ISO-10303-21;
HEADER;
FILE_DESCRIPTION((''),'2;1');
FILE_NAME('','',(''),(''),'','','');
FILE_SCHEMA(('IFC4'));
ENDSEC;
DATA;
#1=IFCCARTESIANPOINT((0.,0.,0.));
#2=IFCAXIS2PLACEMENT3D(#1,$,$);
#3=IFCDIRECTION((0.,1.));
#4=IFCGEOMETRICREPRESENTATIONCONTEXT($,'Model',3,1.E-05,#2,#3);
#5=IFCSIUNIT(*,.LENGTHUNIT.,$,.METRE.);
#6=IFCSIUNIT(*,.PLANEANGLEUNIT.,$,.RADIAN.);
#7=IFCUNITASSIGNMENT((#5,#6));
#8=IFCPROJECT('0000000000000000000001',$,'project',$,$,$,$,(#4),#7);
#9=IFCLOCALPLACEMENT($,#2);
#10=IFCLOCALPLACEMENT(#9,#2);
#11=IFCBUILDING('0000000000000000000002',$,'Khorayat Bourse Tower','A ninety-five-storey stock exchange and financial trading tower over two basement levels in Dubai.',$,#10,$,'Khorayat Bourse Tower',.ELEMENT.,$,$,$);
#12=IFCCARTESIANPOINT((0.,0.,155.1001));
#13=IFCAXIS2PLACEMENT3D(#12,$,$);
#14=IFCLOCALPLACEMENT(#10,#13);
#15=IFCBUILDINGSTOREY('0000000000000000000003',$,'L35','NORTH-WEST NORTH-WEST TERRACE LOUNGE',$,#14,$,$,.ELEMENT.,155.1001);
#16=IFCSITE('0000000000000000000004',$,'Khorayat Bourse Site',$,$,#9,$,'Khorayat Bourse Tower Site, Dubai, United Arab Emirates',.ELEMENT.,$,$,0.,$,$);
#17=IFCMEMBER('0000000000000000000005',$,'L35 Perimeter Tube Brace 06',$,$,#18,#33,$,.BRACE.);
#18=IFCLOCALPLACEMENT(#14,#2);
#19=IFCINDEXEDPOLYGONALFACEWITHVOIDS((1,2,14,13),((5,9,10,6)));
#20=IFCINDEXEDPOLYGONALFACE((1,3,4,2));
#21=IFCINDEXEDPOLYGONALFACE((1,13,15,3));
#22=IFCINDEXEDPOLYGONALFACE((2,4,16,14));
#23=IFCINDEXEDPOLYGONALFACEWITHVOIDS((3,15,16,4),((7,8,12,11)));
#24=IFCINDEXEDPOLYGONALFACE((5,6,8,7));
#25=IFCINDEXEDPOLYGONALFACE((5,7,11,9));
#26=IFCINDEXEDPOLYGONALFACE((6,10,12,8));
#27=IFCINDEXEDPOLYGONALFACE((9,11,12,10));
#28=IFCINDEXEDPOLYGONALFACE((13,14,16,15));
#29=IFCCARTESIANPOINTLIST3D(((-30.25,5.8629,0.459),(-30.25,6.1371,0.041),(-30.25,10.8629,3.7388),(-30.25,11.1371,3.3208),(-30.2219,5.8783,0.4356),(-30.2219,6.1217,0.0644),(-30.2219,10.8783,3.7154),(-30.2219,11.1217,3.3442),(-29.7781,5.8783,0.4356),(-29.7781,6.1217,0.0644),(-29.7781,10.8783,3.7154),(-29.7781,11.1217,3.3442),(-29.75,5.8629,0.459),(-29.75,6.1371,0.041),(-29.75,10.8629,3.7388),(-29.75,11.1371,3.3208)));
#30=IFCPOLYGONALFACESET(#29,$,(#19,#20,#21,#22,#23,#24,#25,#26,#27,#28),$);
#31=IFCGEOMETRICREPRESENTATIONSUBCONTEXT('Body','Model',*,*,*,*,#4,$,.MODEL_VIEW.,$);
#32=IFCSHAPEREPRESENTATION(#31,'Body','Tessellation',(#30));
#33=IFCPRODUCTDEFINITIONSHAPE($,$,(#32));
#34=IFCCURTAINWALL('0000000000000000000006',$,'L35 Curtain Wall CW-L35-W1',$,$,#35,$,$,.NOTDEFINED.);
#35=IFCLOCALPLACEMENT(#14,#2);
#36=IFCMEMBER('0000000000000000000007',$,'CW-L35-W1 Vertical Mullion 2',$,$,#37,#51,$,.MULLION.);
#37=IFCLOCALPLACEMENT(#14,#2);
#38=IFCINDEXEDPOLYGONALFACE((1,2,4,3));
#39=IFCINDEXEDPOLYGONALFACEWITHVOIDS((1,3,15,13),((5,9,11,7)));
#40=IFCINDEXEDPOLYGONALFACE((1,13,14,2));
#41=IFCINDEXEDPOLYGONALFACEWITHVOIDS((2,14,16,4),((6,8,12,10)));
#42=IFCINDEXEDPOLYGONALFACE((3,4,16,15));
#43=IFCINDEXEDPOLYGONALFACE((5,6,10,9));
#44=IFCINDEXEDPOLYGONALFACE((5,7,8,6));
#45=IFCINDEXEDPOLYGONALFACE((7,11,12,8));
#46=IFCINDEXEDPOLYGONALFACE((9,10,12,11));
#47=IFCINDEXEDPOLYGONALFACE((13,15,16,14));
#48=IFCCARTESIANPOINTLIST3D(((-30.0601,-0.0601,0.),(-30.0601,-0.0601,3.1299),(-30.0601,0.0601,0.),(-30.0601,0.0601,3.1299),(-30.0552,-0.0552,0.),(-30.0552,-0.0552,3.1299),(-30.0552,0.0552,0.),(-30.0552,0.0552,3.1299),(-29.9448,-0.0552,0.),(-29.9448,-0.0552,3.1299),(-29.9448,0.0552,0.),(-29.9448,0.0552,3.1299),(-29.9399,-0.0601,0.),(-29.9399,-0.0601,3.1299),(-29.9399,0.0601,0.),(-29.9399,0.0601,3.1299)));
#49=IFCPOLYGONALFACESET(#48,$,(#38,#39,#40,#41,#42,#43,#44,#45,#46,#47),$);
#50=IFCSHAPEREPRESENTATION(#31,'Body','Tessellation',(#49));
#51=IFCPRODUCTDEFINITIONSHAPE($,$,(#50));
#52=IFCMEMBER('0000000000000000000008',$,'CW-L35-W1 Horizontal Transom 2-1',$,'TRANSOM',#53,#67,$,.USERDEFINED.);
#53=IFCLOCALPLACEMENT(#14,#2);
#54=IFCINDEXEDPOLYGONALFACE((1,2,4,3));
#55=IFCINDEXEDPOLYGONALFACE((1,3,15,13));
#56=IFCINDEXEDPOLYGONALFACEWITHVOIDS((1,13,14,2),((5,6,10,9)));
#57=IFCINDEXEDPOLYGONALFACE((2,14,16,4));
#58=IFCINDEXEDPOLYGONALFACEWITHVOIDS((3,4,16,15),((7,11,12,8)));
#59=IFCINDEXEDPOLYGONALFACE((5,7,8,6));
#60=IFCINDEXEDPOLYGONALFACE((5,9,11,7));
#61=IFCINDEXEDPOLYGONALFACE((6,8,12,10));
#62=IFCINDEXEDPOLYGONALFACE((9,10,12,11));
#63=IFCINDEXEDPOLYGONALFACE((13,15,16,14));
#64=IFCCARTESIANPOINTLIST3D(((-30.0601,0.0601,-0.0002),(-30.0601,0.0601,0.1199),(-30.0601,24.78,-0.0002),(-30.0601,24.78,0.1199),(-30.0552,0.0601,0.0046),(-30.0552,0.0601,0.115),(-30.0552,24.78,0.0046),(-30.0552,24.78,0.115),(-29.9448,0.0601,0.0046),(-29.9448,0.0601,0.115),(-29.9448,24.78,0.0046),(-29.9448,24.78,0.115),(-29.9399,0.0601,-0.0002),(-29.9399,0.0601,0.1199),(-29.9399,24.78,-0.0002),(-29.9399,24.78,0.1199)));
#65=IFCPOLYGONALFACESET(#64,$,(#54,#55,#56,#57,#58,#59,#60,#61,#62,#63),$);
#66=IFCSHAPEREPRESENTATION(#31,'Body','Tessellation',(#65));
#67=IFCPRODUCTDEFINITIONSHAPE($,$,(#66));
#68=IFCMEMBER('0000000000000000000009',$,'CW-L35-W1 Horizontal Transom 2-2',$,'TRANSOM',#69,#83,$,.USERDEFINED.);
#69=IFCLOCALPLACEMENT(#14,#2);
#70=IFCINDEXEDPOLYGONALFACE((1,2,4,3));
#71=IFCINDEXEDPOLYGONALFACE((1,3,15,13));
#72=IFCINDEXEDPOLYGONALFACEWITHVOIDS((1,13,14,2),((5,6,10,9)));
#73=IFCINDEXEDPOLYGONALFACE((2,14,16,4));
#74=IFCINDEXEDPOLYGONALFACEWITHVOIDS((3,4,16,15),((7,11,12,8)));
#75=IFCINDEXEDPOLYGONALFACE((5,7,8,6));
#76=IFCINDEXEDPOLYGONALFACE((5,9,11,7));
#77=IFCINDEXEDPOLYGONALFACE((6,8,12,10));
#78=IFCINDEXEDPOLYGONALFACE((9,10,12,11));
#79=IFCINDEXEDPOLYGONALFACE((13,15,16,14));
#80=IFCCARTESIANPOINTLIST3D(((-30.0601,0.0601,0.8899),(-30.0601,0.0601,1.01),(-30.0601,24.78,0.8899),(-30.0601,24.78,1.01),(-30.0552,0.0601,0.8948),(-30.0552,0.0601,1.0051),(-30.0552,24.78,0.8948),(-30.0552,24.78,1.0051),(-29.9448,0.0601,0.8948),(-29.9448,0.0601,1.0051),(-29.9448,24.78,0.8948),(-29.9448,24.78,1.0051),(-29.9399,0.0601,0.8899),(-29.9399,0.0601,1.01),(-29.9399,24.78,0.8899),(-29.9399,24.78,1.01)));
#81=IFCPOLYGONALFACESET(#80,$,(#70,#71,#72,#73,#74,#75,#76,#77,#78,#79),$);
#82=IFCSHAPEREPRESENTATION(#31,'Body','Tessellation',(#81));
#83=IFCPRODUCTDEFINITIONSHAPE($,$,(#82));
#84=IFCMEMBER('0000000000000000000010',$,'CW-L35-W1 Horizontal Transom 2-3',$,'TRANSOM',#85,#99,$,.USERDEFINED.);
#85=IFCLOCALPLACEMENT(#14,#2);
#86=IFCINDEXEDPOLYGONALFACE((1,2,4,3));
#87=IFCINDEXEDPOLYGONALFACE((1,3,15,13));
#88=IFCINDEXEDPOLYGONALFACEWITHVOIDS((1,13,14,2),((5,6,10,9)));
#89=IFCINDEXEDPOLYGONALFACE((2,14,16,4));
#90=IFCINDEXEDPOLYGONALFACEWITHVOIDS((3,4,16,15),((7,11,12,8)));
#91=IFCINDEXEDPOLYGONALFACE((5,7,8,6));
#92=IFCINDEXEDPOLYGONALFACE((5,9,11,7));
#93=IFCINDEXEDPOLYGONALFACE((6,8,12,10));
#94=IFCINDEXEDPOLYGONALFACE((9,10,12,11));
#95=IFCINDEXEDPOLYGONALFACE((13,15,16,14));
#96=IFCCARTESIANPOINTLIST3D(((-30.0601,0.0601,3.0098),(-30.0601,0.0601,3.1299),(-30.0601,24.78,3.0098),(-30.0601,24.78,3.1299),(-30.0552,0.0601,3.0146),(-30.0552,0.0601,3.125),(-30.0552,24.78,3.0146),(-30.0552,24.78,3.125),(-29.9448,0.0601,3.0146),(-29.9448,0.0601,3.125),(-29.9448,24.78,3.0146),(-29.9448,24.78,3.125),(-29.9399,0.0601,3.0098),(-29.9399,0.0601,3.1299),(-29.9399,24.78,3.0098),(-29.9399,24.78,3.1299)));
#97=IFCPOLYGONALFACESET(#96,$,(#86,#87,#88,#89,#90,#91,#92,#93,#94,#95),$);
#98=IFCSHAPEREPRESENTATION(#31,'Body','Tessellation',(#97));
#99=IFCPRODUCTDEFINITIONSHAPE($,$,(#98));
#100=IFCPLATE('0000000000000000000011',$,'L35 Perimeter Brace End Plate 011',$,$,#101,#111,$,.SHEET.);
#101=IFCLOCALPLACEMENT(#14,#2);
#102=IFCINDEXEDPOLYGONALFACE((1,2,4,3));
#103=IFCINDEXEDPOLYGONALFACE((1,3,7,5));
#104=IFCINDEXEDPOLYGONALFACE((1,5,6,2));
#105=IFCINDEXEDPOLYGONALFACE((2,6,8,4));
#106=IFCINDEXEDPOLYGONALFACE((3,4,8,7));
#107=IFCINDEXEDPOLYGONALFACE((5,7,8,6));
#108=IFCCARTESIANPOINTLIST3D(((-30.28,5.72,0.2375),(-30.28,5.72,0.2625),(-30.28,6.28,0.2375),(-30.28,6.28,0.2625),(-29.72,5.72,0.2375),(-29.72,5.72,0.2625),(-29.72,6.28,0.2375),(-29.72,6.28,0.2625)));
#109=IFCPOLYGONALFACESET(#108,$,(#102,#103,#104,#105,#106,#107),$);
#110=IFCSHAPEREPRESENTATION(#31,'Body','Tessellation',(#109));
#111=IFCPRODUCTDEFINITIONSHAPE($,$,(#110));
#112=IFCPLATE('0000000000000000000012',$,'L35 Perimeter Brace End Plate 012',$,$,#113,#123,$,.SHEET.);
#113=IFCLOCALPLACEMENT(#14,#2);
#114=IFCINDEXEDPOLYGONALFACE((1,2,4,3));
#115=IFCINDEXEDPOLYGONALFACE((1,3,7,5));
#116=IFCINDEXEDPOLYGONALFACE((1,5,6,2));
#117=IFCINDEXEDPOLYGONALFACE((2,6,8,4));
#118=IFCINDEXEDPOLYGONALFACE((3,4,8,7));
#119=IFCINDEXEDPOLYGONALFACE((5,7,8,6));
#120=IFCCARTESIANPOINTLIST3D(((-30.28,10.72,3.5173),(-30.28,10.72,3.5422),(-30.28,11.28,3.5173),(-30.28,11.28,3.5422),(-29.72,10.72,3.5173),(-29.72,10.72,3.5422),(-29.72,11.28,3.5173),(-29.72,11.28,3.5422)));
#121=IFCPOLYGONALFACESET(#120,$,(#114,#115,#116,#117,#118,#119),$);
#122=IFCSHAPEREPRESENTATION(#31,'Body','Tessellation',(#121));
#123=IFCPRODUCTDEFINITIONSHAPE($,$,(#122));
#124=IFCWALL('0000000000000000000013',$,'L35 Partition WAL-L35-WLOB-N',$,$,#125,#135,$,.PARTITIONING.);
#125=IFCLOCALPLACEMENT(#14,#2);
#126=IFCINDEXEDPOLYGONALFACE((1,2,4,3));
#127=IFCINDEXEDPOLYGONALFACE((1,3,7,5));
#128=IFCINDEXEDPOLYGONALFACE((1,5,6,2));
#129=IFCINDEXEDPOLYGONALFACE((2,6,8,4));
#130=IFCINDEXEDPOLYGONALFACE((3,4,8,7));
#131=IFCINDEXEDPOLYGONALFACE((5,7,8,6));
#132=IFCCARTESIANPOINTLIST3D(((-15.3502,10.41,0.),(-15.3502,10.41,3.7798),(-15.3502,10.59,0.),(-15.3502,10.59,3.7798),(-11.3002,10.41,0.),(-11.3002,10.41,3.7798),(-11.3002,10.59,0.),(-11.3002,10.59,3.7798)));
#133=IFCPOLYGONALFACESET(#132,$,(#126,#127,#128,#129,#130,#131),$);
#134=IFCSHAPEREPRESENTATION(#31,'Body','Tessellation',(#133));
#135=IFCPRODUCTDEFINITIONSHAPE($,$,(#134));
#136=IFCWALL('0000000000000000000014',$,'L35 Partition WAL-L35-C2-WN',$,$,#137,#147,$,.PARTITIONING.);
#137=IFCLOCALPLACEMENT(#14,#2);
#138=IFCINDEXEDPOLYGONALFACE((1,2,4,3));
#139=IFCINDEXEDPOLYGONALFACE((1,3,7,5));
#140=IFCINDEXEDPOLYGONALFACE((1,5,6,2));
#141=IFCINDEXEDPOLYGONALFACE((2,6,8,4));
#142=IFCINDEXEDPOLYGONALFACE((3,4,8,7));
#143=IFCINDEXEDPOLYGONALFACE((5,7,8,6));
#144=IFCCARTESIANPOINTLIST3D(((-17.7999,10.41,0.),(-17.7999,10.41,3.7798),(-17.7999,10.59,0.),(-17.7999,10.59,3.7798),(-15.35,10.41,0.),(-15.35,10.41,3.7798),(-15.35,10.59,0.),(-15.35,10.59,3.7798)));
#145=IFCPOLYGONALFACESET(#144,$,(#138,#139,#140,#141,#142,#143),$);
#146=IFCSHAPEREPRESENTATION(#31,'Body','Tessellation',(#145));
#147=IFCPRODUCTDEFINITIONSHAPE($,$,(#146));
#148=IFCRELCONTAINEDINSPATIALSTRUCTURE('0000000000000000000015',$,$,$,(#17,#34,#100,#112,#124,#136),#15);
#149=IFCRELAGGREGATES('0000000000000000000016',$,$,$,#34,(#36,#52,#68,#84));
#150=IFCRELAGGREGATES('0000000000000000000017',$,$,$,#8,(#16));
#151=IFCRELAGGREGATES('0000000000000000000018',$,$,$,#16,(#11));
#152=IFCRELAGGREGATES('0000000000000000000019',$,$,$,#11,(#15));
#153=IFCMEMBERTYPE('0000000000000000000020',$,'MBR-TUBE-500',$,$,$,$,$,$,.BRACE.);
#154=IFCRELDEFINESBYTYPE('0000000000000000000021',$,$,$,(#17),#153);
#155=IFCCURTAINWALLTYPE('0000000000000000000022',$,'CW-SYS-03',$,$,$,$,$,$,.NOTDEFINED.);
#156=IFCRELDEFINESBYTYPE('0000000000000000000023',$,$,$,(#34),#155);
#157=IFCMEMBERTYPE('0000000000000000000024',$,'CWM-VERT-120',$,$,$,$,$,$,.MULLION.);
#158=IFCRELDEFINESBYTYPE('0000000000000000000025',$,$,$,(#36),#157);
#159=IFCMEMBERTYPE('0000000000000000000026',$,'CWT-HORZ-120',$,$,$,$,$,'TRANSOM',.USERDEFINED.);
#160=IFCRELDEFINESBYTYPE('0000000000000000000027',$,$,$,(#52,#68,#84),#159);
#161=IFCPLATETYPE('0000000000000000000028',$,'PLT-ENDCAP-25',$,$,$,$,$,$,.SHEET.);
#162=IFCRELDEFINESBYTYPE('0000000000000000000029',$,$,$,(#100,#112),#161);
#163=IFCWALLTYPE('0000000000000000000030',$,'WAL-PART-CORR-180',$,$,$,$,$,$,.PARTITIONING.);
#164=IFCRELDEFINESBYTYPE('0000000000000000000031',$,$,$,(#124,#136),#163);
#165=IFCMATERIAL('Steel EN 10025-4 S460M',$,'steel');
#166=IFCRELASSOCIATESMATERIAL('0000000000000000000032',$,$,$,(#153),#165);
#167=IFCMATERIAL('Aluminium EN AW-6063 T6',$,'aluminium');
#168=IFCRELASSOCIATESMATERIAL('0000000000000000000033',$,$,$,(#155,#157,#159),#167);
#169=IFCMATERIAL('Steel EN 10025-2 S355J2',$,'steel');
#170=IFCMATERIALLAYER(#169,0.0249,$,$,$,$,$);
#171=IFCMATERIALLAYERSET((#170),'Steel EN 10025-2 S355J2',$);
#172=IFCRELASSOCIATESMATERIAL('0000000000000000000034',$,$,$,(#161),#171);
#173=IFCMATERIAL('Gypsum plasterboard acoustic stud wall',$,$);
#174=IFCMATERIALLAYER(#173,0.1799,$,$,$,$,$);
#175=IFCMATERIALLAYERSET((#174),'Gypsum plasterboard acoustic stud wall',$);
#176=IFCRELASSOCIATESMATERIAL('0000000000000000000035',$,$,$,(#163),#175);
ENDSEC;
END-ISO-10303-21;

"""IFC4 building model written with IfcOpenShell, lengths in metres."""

from ifc_helpers import new_model, si_unit, direction, frame, frame_2d, origin, origin_2d, place, context, subcontext, project, spatial, rectangle, hollow_rectangle, extrude, source, transform, mapped, material, layer, layer_set, material_profile, profile_set, type_object, element, aggregate, save


model = new_model("IFC4")

# Units and contexts
model_context = context("Model", 3, precision=1e-05, world=origin(), true_north=direction((0.0, 1.0)))
body_context = subcontext(model_context, "Body", "Model", "MODEL_VIEW")
ifc_project = project(units=[si_unit("LENGTHUNIT", "METRE"), si_unit("PLANEANGLEUNIT", "RADIAN")], contexts=[model_context])

# Site, building, storey
site_placement = place(None, origin())
site = spatial("IfcSite", under=ifc_project, at=site_placement, Name="Khorayat Bourse Site", LongName="Khorayat Bourse Tower Site, Dubai, United Arab Emirates", CompositionType="ELEMENT", RefElevation=0.0)
building_placement = place(site_placement, origin())
building = spatial("IfcBuilding", under=site, at=building_placement, Name="Khorayat Bourse Tower", Description="A ninety-five-storey stock exchange and financial trading tower over two basement levels in Dubai.", LongName="Khorayat Bourse Tower", CompositionType="ELEMENT")
storey_placement = place(building_placement, frame((0.0, 0.0, 155.1001)))
storey = spatial("IfcBuildingStorey", under=building, at=storey_placement, Name="L35", Description="NORTH-WEST NORTH-WEST TERRACE LOUNGE", CompositionType="ELEMENT", Elevation=155.1001)

# Shared definitions
ifc_material_1 = material(Name="Steel EN 10025-4 S460M", Category="steel")

# Member
ifc_material_profile_1 = material_profile(ifc_material_1, hollow_rectangle(XDim=0.5, YDim=0.5, WallThickness=0.0281, at=origin_2d()), Name="HSS 500x500x28")
ifc_profile_set_1 = profile_set([ifc_material_profile_1], Name="Steel EN 10025-4 S460M")
member_type_1 = type_object("IfcMemberType", Name="MBR-TUBE-500", PredefinedType="BRACE", material=ifc_profile_set_1)
shared_shape_1 = source(origin(), body_context, "Body", "SweptSolid", [
    extrude(hollow_rectangle(XDim=0.5, YDim=0.5, WallThickness=0.0281, at=origin_2d()), origin(), (0.0, 0.0, 1.0), 5.9797),
])
member_1_placement = place(storey_placement, frame((-30.0, 6.0, 0.25), z_axis=(0.0, 0.83616, 0.548485), x_axis=(-1.0, 0.0, 0.0)))
element("IfcMember", 1, at=member_1_placement, inside=storey, type_object=member_type_1, Name="L35 Perimeter Tube Brace 06", PredefinedType="BRACE", context=body_context, shape_type="MappedRepresentation", body=[
    mapped(shared_shape_1, transform((0.0, 0.0, 0.0), scale=1.0)),
])

# Curtain wall, members
ifc_material_2 = material(Name="Aluminium EN AW-6063 T6", Category="aluminium")
curtain_wall_type = type_object("IfcCurtainWallType", Name="CW-SYS-03", PredefinedType="NOTDEFINED", material=ifc_material_2)
curtain_wall_placement = place(storey_placement, origin())
curtain_wall = element("IfcCurtainWall", 2, at=curtain_wall_placement, inside=storey, type_object=curtain_wall_type, Name="L35 Curtain Wall CW-L35-W1", PredefinedType="NOTDEFINED")
ifc_material_profile_2 = material_profile(ifc_material_2, hollow_rectangle(XDim=0.1201, YDim=0.1201, WallThickness=0.0049, at=origin_2d()), Name="ALU 120x120x5")
ifc_profile_set_2 = profile_set([ifc_material_profile_2], Name="Aluminium EN AW-6063 T6")
member_type_2 = type_object("IfcMemberType", Name="CWM-VERT-120", PredefinedType="MULLION", material=ifc_profile_set_2)
shared_shape_2 = source(origin(), body_context, "Body", "SweptSolid", [
    extrude(hollow_rectangle(XDim=0.1201, YDim=0.1201, WallThickness=0.0049, at=origin_2d()), origin(), (0.0, 0.0, 1.0), 3.1299),
])
member_2_placement = place(storey_placement, frame((-30.0, 0.0, 0.0), z_axis=(0.0, 0.0, 1.0), x_axis=(-1.0, 0.0, 0.0)))
member_2 = element("IfcMember", 3, at=member_2_placement, type_object=member_type_2, Name="CW-L35-W1 Vertical Mullion 2", PredefinedType="MULLION", context=body_context, shape_type="MappedRepresentation", body=[
    mapped(shared_shape_2, transform((0.0, 0.0, 0.0), scale=1.0)),
])
ifc_material_profile_3 = material_profile(ifc_material_2, hollow_rectangle(XDim=0.1201, YDim=0.1201, WallThickness=0.0049, at=origin_2d()), Name="ALU 120x120x5")
ifc_profile_set_3 = profile_set([ifc_material_profile_3], Name="Aluminium EN AW-6063 T6")
member_type_3 = type_object("IfcMemberType", Name="CWT-HORZ-120", ElementType="TRANSOM", PredefinedType="USERDEFINED", material=ifc_profile_set_3)
shared_shape_3 = source(origin(), body_context, "Body", "SweptSolid", [
    extrude(hollow_rectangle(XDim=0.1201, YDim=0.1201, WallThickness=0.0049, at=origin_2d()), origin(), (0.0, 0.0, 1.0), 24.72),
])
member_3_placement = place(storey_placement, frame((-30.0, 0.0601, 0.0598), z_axis=(0.0, 1.0, 0.0), x_axis=(-1.0, 0.0, 0.0)))
member_3 = element("IfcMember", 4, at=member_3_placement, type_object=member_type_3, Name="CW-L35-W1 Horizontal Transom 2-1", ObjectType="TRANSOM", PredefinedType="USERDEFINED", context=body_context, shape_type="MappedRepresentation", body=[
    mapped(shared_shape_3, transform((0.0, 0.0, 0.0), scale=1.0)),
])
member_4_placement = place(storey_placement, frame((-30.0, 0.0601, 0.95), z_axis=(0.0, 1.0, 0.0), x_axis=(-1.0, 0.0, 0.0)))
member_4 = element("IfcMember", 5, at=member_4_placement, type_object=member_type_3, Name="CW-L35-W1 Horizontal Transom 2-2", ObjectType="TRANSOM", PredefinedType="USERDEFINED", context=body_context, shape_type="MappedRepresentation", body=[
    mapped(shared_shape_3, transform((0.0, 0.0, 0.0), scale=1.0)),
])
member_5_placement = place(storey_placement, frame((-30.0, 0.0601, 3.0698), z_axis=(0.0, 1.0, 0.0), x_axis=(-1.0, 0.0, 0.0)))
member_5 = element("IfcMember", 6, at=member_5_placement, type_object=member_type_3, Name="CW-L35-W1 Horizontal Transom 2-3", ObjectType="TRANSOM", PredefinedType="USERDEFINED", context=body_context, shape_type="MappedRepresentation", body=[
    mapped(shared_shape_3, transform((0.0, 0.0, 0.0), scale=1.0)),
])
aggregate(curtain_wall, [member_2, member_3, member_4, member_5])

# Plates
ifc_material_3 = material(Name="Steel EN 10025-2 S355J2", Category="steel")
ifc_layer_1 = layer(ifc_material_3, 0.0249)
ifc_layer_set_1 = layer_set([ifc_layer_1], Name="Steel EN 10025-2 S355J2")
plate_type = type_object("IfcPlateType", Name="PLT-ENDCAP-25", PredefinedType="SHEET", material=ifc_layer_set_1)
shared_shape_4 = source(origin(), body_context, "Body", "SweptSolid", [
    extrude(rectangle(XDim=0.5601, YDim=0.5601, at=origin_2d()), origin(), (0.0, 0.0, 1.0), 0.0249),
])
for number, where, z_axis, x_axis, name in (
    (7, (-30.0, 6.0, 0.2375), (0.0, 0.0, 1.0), (1.0, 0.0, 0.0), "L35 Perimeter Brace End Plate 011"),
    (8, (-30.0, 11.0, 3.5173), (0.0, 0.0, 1.0), (1.0, 0.0, 0.0), "L35 Perimeter Brace End Plate 012"),
):
    element("IfcPlate", number, at=place(storey_placement, frame(where, z_axis=z_axis, x_axis=x_axis)), inside=storey, type_object=plate_type, Name=name, PredefinedType="SHEET", context=body_context, shape_type="MappedRepresentation", body=[
        mapped(shared_shape_4, transform((0.0, 0.0, 0.0), scale=1.0)),
    ])

# Walls
ifc_material_4 = material(Name="Gypsum plasterboard acoustic stud wall")
ifc_layer_2 = layer(ifc_material_4, 0.1799)
ifc_layer_set_2 = layer_set([ifc_layer_2], Name="Gypsum plasterboard acoustic stud wall")
wall_type_1 = type_object("IfcWallType", Name="WAL-PART-CORR-180", PredefinedType="PARTITIONING", material=ifc_layer_set_2)
shared_shape_5 = source(origin(), body_context, "Body", "SweptSolid", [
    extrude(rectangle(XDim=4.05, YDim=0.1799, at=frame_2d((2.0249, 0.0))), origin(), (0.0, 0.0, 1.0), 3.7798),
])
wall_1_placement = place(storey_placement, frame((-15.3501, 10.5, 0.0), z_axis=(0.0, 0.0, 1.0), x_axis=(1.0, 0.0, 0.0)))
element("IfcWall", 9, at=wall_1_placement, inside=storey, type_object=wall_type_1, Name="L35 Partition WAL-L35-WLOB-N", PredefinedType="PARTITIONING", context=body_context, shape_type="MappedRepresentation", body=[
    mapped(shared_shape_5, transform((0.0, 0.0, 0.0), scale=1.0)),
])
shared_shape_6 = source(origin(), body_context, "Body", "SweptSolid", [
    extrude(rectangle(XDim=2.45, YDim=0.1799, at=frame_2d((1.2251, 0.0))), origin(), (0.0, 0.0, 1.0), 3.7798),
])
wall_2_placement = place(storey_placement, frame((-17.8, 10.5, 0.0), z_axis=(0.0, 0.0, 1.0), x_axis=(1.0, 0.0, 0.0)))
element("IfcWall", 10, at=wall_2_placement, inside=storey, type_object=wall_type_1, Name="L35 Partition WAL-L35-C2-WN", PredefinedType="PARTITIONING", context=body_context, shape_type="MappedRepresentation", body=[
    mapped(shared_shape_6, transform((0.0, 0.0, 0.0), scale=1.0)),
])

save(model, "model.ifc")
